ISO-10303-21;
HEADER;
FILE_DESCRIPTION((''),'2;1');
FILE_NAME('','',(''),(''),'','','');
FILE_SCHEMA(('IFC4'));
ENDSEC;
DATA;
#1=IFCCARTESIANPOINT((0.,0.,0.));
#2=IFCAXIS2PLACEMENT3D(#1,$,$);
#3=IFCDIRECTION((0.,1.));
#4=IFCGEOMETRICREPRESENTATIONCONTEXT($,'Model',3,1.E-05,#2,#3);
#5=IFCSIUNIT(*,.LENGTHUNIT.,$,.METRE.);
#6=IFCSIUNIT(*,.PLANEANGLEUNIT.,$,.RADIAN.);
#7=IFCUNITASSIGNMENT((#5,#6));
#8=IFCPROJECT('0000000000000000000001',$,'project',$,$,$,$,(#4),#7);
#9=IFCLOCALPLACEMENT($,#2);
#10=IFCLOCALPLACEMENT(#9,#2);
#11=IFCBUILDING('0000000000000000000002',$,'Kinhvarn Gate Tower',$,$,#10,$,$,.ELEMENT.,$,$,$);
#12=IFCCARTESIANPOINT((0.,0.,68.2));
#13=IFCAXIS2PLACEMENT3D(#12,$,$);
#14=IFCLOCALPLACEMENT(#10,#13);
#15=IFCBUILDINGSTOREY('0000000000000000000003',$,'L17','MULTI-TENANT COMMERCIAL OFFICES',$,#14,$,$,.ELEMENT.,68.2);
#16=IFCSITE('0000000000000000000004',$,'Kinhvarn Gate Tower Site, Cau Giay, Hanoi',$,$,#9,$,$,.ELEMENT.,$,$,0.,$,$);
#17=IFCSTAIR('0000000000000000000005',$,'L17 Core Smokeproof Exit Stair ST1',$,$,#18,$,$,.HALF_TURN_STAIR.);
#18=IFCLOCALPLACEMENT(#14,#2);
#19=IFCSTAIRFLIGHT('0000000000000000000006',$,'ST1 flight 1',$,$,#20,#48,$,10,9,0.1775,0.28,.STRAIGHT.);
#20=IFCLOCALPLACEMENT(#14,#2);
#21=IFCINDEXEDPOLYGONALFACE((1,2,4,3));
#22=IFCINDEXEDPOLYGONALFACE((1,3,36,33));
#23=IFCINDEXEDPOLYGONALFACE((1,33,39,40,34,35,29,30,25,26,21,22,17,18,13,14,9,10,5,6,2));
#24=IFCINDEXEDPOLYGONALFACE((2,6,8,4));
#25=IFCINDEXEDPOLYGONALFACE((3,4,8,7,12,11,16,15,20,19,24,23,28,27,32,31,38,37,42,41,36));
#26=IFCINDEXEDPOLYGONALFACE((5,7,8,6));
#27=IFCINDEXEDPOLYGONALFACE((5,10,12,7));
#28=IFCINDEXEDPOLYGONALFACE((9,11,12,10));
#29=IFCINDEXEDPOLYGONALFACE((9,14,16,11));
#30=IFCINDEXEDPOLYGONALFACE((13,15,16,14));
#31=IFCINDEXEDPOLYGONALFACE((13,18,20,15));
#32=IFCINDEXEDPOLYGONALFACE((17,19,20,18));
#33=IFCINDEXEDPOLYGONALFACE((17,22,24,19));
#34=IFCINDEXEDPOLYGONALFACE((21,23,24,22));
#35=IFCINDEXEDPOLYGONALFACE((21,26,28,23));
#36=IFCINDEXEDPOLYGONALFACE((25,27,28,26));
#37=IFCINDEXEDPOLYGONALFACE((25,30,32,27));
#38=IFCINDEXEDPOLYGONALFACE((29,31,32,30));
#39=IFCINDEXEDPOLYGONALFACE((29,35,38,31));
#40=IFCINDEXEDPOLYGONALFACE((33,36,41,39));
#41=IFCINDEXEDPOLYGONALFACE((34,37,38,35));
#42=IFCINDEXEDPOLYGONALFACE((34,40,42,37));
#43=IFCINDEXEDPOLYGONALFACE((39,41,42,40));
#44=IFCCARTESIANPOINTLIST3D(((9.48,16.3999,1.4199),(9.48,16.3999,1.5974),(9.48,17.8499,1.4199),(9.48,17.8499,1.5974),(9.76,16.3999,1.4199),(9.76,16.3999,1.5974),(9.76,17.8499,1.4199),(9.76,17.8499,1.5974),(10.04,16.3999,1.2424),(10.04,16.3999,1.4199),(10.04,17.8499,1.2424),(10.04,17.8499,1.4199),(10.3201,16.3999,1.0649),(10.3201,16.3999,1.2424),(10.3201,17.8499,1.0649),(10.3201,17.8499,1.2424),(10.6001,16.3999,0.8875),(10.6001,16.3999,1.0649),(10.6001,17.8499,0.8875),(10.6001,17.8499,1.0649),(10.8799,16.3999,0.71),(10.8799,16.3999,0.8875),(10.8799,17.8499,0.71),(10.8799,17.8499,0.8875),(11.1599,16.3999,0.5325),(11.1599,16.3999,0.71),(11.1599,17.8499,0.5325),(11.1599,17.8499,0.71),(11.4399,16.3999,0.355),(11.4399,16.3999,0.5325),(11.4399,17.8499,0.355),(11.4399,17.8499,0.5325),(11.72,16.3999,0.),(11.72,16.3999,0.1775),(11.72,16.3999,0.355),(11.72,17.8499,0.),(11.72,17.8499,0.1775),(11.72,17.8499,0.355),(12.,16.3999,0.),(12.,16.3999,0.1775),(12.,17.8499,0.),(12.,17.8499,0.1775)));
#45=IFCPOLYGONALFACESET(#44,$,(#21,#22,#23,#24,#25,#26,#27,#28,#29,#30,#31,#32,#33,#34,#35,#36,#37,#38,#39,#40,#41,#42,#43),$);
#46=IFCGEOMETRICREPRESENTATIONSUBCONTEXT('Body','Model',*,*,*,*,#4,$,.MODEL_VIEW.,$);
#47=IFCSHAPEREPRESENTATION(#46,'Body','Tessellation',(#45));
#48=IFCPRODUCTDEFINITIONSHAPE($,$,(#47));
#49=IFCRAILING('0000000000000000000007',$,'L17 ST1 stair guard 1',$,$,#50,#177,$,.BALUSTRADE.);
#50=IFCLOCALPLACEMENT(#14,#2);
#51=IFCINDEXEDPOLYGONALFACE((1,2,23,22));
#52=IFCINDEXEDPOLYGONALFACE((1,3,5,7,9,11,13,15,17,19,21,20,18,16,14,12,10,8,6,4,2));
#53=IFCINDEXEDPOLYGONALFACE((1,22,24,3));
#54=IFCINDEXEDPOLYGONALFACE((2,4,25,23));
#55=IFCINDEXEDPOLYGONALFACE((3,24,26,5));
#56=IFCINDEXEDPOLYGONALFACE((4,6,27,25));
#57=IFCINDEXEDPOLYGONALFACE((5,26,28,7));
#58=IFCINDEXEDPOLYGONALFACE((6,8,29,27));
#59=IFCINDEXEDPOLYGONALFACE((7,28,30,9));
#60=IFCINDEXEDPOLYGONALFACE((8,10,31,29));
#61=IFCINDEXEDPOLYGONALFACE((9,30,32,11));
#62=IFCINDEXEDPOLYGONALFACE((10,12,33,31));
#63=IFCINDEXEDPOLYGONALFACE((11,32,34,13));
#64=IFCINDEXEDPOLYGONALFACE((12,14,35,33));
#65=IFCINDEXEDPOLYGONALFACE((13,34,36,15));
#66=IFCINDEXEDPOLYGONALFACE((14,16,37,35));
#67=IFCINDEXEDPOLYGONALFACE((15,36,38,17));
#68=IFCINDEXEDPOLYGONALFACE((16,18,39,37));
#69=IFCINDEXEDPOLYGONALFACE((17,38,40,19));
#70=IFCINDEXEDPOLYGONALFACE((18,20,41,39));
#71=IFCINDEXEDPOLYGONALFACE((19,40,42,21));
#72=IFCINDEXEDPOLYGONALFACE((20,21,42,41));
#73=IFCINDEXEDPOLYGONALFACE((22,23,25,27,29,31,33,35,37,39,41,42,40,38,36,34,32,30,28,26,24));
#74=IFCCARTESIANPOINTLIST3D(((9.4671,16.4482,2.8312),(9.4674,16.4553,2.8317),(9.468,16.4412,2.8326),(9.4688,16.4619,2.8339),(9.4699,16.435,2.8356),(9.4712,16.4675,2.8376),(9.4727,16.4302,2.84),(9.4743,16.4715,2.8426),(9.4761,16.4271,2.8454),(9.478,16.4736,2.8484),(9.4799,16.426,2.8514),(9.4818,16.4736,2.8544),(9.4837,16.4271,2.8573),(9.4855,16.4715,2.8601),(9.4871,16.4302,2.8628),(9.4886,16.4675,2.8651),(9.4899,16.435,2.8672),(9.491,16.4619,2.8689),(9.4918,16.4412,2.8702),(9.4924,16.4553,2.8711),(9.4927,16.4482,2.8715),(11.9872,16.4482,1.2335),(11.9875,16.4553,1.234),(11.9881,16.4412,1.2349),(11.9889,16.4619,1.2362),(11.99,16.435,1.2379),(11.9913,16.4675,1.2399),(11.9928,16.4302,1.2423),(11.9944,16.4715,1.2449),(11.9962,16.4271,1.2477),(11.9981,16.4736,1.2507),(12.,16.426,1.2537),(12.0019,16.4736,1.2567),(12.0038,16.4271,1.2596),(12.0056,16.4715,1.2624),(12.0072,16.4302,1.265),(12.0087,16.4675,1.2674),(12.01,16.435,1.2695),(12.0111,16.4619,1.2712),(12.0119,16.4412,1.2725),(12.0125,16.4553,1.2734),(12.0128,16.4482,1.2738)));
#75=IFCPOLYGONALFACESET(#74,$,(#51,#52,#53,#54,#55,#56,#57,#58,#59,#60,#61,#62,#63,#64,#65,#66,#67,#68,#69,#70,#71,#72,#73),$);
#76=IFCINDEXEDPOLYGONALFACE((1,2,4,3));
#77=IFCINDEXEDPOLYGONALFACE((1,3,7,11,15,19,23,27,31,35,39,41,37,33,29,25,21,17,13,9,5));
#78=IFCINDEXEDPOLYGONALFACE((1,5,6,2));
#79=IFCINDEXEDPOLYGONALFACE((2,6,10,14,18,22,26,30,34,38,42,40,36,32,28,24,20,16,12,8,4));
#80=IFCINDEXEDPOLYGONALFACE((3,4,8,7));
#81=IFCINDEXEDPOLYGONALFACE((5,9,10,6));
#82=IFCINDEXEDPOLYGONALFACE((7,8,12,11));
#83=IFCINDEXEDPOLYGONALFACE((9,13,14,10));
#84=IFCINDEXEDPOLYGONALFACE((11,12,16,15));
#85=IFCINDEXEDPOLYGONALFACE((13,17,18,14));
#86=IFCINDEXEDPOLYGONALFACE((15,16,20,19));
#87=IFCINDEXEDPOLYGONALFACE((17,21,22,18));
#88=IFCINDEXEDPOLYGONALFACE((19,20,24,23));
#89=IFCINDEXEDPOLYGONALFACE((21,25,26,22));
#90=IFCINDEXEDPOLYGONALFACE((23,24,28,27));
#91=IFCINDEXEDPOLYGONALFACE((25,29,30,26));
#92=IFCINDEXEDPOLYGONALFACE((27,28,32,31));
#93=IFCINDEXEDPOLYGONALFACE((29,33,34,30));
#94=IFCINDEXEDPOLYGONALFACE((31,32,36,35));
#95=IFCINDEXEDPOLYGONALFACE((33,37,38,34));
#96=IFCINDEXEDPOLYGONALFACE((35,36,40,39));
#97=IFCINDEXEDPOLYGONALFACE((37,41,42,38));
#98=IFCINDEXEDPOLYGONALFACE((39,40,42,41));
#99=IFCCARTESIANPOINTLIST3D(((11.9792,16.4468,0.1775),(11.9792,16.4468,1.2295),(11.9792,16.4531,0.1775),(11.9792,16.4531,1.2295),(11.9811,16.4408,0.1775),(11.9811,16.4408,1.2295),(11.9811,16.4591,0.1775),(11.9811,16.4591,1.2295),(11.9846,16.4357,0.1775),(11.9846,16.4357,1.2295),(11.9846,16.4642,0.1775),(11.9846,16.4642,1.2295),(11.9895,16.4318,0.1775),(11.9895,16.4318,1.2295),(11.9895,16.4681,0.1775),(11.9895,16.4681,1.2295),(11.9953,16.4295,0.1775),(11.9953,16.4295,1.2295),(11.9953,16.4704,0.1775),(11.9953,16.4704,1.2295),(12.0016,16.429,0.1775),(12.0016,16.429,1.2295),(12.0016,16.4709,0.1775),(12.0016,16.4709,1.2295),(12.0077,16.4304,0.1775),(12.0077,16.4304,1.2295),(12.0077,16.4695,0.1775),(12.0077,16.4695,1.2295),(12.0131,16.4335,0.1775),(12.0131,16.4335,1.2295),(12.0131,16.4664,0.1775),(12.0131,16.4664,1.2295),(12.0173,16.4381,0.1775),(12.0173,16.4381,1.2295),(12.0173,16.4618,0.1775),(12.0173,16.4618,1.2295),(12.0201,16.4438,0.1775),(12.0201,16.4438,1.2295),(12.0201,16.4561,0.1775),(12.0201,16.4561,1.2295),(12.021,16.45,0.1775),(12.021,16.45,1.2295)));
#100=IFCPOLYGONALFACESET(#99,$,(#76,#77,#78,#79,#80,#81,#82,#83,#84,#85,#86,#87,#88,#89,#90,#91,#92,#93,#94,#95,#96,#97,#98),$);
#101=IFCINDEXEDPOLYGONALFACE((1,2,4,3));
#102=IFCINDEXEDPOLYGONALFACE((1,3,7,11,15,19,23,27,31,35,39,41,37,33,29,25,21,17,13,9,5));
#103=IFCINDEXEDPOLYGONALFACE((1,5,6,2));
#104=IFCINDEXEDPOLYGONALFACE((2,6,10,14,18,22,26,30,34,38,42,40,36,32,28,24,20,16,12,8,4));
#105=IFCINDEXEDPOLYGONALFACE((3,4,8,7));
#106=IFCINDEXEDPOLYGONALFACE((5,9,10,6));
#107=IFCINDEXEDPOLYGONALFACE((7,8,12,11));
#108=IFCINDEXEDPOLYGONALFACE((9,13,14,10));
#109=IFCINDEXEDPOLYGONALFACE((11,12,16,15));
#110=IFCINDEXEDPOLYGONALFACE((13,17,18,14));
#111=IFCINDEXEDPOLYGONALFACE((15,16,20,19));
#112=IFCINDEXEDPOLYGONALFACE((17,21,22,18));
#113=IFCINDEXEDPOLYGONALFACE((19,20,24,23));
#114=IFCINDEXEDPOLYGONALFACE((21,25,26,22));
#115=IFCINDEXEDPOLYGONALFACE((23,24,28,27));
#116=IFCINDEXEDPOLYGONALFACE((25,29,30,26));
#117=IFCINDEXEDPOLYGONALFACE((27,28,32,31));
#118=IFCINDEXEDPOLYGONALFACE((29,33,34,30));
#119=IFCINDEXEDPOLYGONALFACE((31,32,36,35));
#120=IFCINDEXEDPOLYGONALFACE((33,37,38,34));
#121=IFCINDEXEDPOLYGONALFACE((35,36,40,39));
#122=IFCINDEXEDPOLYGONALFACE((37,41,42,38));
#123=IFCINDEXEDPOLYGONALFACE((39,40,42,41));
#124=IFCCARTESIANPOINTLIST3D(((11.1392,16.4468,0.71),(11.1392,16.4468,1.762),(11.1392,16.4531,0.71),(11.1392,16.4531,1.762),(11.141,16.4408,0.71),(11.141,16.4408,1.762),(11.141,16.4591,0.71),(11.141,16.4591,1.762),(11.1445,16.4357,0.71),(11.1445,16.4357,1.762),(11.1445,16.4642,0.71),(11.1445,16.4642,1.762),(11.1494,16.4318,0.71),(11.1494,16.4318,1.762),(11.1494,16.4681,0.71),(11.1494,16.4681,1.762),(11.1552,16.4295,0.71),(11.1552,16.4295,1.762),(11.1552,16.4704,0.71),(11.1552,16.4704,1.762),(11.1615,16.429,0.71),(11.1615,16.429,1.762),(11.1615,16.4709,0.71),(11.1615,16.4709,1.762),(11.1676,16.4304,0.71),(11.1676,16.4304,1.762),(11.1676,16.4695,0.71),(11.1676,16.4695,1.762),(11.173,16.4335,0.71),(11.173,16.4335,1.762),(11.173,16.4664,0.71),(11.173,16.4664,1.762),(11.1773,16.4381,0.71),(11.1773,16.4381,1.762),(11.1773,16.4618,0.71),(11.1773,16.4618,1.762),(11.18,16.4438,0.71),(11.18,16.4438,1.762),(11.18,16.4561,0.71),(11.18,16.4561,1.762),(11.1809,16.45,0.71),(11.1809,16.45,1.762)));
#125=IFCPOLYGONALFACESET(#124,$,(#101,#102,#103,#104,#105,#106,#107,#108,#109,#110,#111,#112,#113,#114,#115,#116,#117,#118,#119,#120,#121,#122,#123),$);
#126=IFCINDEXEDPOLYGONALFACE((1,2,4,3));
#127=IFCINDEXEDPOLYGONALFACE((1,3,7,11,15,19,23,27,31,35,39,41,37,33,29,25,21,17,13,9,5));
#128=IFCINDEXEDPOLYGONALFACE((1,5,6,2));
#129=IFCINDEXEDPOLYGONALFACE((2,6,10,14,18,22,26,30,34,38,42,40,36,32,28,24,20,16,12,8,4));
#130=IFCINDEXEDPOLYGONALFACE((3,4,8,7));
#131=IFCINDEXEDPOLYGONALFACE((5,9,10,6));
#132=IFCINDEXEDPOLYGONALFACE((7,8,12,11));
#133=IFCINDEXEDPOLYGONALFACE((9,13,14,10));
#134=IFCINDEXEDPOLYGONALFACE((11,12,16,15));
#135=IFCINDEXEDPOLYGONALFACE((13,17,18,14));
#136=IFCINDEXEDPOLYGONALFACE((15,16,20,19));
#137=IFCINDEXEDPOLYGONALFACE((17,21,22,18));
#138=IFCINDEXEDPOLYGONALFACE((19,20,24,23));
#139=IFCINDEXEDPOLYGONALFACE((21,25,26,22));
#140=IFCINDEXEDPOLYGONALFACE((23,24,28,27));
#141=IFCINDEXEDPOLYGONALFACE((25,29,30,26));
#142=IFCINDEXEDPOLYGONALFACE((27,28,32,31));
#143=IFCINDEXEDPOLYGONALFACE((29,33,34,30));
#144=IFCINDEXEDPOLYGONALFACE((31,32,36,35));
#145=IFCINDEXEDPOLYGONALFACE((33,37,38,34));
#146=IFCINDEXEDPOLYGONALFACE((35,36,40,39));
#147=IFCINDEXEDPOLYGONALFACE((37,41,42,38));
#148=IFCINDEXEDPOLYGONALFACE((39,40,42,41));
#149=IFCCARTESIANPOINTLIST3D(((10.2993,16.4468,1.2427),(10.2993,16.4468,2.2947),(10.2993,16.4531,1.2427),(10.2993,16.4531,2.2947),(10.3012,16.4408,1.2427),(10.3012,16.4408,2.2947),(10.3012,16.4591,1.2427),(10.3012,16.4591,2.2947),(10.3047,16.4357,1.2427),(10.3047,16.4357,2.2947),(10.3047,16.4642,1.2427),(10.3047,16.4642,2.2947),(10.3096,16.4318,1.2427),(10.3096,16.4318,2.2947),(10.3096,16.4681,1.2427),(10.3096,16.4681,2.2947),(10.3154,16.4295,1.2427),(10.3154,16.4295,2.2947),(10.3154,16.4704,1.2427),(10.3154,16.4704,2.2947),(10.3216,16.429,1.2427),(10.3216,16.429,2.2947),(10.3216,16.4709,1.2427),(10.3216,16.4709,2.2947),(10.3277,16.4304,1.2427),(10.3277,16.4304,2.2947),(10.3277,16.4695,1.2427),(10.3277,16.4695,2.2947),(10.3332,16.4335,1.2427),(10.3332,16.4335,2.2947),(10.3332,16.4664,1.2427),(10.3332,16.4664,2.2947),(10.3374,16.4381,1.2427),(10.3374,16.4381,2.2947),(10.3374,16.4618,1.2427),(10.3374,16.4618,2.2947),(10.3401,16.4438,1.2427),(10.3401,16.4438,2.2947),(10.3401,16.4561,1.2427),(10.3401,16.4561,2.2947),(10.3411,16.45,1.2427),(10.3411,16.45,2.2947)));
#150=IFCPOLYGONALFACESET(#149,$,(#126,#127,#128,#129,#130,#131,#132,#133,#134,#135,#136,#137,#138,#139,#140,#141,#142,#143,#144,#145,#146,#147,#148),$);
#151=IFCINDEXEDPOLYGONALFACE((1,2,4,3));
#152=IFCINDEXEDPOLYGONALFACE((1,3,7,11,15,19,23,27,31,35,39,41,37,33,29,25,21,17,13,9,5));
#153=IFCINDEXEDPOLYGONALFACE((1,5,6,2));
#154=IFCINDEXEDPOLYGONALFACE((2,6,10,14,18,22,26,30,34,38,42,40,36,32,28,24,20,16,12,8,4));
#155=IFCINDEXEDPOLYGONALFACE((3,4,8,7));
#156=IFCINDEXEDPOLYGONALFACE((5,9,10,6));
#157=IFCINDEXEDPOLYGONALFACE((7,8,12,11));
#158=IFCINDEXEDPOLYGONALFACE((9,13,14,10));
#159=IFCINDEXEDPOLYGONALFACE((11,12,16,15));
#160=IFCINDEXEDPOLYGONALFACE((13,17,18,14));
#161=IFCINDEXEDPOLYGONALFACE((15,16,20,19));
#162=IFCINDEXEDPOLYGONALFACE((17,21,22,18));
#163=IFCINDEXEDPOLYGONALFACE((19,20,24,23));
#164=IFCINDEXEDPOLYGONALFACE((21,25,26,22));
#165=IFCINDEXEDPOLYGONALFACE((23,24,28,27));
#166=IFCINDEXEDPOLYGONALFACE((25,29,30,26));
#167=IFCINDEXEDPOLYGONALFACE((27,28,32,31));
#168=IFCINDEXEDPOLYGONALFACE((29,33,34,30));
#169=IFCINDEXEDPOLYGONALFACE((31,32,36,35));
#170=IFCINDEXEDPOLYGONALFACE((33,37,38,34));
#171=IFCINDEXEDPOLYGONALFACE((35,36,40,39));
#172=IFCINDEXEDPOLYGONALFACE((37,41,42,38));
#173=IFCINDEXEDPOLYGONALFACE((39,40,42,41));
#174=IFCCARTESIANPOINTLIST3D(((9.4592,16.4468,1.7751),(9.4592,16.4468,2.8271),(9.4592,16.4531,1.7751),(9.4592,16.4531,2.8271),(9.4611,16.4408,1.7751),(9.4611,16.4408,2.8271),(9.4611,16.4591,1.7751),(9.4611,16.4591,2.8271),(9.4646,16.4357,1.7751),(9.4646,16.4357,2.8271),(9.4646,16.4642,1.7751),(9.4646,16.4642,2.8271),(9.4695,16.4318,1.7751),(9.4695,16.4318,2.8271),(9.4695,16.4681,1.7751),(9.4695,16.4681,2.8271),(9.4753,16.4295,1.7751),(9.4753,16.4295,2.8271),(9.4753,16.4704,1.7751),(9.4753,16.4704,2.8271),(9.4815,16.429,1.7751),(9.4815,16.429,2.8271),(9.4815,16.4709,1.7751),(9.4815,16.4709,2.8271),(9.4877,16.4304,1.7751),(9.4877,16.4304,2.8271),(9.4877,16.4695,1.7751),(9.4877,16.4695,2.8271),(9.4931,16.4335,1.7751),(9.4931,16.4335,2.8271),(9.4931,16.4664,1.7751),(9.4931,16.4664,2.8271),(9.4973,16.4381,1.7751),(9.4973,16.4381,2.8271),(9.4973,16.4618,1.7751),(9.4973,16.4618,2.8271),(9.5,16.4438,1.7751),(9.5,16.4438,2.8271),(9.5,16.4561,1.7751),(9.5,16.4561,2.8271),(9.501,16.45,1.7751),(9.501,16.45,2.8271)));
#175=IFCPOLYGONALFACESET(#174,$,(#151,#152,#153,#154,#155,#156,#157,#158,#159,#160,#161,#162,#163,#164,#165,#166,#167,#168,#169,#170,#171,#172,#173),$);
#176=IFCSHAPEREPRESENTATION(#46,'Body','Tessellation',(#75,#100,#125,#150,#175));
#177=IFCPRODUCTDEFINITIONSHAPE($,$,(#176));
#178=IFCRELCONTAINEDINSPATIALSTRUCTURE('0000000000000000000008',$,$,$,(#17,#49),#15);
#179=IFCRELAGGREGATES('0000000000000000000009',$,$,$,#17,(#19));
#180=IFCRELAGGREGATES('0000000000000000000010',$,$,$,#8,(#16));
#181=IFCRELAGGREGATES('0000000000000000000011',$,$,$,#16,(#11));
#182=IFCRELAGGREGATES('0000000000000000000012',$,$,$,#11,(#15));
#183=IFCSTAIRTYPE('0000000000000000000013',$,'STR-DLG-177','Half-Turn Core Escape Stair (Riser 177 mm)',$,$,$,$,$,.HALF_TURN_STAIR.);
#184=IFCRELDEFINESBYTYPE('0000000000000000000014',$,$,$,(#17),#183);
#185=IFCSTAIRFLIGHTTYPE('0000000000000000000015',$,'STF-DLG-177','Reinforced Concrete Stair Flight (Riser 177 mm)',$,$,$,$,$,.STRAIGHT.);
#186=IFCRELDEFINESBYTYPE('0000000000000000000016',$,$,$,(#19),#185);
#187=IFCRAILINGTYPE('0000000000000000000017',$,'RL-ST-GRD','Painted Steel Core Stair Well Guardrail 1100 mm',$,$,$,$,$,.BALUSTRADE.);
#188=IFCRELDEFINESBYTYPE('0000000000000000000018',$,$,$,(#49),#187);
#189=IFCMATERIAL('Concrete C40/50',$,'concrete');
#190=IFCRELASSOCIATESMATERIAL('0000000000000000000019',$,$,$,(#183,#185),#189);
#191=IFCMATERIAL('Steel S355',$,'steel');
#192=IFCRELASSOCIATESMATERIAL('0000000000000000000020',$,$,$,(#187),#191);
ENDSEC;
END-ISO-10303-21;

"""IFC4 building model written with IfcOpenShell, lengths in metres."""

from ifc_helpers import new_model, si_unit, direction, frame, origin, origin_2d, place, context, subcontext, project, spatial, polyline, circle, outline, extrude, material, type_object, element, aggregate, save


model = new_model("IFC4")

# Units and contexts
model_context = context("Model", 3, precision=1e-05, world=origin(), true_north=direction((0.0, 1.0)))
body_context = subcontext(model_context, "Body", "Model", "MODEL_VIEW")
ifc_project = project(units=[si_unit("LENGTHUNIT", "METRE"), si_unit("PLANEANGLEUNIT", "RADIAN")], contexts=[model_context])

# Site, building, storey
site_placement = place(None, origin())
site = spatial("IfcSite", under=ifc_project, at=site_placement, Name="Kinhvarn Gate Tower Site, Cau Giay, Hanoi", CompositionType="ELEMENT", RefElevation=0.0)
building_placement = place(site_placement, origin())
building = spatial("IfcBuilding", under=site, at=building_placement, Name="Kinhvarn Gate Tower", CompositionType="ELEMENT")
storey_placement = place(building_placement, frame((0.0, 0.0, 68.2)))
storey = spatial("IfcBuildingStorey", under=building, at=storey_placement, Name="L17", Description="MULTI-TENANT COMMERCIAL OFFICES", CompositionType="ELEMENT", Elevation=68.2)

# Shared definitions
ifc_material_1 = material(Name="Steel S355", Category="steel")

# Shared definitions
ifc_material_2 = material(Name="Concrete C40/50", Category="concrete")

# Stair, stair flight
stair_type = type_object("IfcStairType", Name="STR-DLG-177", Description="Half-Turn Core Escape Stair (Riser 177 mm)", PredefinedType="HALF_TURN_STAIR", material=ifc_material_2)
stair_placement = place(storey_placement, origin())
stair = element("IfcStair", 1, at=stair_placement, inside=storey, type_object=stair_type, Name="L17 Core Smokeproof Exit Stair ST1", PredefinedType="HALF_TURN_STAIR")
stair_flight_type = type_object("IfcStairFlightType", Name="STF-DLG-177", Description="Reinforced Concrete Stair Flight (Riser 177 mm)", PredefinedType="STRAIGHT", material=ifc_material_2)
stair_flight_placement = place(storey_placement, frame((12.0, 17.125, 0.0), z_axis=(0.0, 0.0, 1.0), x_axis=(-1.0, 0.0, 0.0)))
stair_flight = element("IfcStairFlight", 2, at=stair_flight_placement, type_object=stair_flight_type, Name="ST1 flight 1", NumberOfRisers=10, NumberOfTreads=9, PredefinedType="STRAIGHT", RiserHeight=0.1775, TreadLength=0.28, context=body_context, shape_type="SweptSolid", body=[
    extrude(outline(polyline([(0.0, 0.0), (0.0, 0.1775), (0.28, 0.1775), (0.28, 0.355), (0.5601, 0.355), (0.5601, 0.5325), (0.8401, 0.5325), (0.8401, 0.71), (1.1201, 0.71), (1.1201, 0.8875), (1.3999, 0.8875), (1.3999, 1.0649), (1.6799, 1.0649), (1.6799, 1.2424), (1.96, 1.2424), (1.96, 1.4199), (2.24, 1.4199), (2.24, 1.5974), (2.52, 1.5974), (2.52, 1.7749), (2.52, 1.4199), (0.28, 0.0), (0.0, 0.0)])), frame((0.0, 0.7251, 0.0), z_axis=(0.0, -1.0, 0.0), x_axis=(1.0, 0.0, 0.0)), (0.0, 0.0, 1.0), 1.45),
])
aggregate(stair, [stair_flight])

# Railing
railing_type_1 = type_object("IfcRailingType", Name="RL-ST-GRD", Description="Painted Steel Core Stair Well Guardrail 1100 mm", PredefinedType="BALUSTRADE", material=ifc_material_1)
railing_1_placement = place(storey_placement, frame((12.0, 16.45, 0.1775)))
element("IfcRailing", 3, at=railing_1_placement, inside=storey, type_object=railing_type_1, Name="L17 ST1 stair guard 1", PredefinedType="BALUSTRADE", context=body_context, shape_type="SweptSolid", body=[
    extrude(circle(Radius=0.0239, at=origin_2d()), frame((0.0, 0.0, 1.0762), z_axis=(-0.84457, 0.0, 0.535445), x_axis=(0.0, -1.0, 0.0)), (0.0, 0.0, 1.0), 2.9839),
    extrude(circle(Radius=0.021, at=origin_2d()), origin(), (0.0, 0.0, 1.0), 1.052),
    extrude(circle(Radius=0.021, at=origin_2d()), frame((-0.8401, 0.0, 0.5325)), (0.0, 0.0, 1.0), 1.052),
    extrude(circle(Radius=0.021, at=origin_2d()), frame((-1.6799, 0.0, 1.0652)), (0.0, 0.0, 1.0), 1.052),
    extrude(circle(Radius=0.021, at=origin_2d()), frame((-2.52, 0.0, 1.5977)), (0.0, 0.0, 1.0), 1.052),
])

save(model, "model.ifc")
